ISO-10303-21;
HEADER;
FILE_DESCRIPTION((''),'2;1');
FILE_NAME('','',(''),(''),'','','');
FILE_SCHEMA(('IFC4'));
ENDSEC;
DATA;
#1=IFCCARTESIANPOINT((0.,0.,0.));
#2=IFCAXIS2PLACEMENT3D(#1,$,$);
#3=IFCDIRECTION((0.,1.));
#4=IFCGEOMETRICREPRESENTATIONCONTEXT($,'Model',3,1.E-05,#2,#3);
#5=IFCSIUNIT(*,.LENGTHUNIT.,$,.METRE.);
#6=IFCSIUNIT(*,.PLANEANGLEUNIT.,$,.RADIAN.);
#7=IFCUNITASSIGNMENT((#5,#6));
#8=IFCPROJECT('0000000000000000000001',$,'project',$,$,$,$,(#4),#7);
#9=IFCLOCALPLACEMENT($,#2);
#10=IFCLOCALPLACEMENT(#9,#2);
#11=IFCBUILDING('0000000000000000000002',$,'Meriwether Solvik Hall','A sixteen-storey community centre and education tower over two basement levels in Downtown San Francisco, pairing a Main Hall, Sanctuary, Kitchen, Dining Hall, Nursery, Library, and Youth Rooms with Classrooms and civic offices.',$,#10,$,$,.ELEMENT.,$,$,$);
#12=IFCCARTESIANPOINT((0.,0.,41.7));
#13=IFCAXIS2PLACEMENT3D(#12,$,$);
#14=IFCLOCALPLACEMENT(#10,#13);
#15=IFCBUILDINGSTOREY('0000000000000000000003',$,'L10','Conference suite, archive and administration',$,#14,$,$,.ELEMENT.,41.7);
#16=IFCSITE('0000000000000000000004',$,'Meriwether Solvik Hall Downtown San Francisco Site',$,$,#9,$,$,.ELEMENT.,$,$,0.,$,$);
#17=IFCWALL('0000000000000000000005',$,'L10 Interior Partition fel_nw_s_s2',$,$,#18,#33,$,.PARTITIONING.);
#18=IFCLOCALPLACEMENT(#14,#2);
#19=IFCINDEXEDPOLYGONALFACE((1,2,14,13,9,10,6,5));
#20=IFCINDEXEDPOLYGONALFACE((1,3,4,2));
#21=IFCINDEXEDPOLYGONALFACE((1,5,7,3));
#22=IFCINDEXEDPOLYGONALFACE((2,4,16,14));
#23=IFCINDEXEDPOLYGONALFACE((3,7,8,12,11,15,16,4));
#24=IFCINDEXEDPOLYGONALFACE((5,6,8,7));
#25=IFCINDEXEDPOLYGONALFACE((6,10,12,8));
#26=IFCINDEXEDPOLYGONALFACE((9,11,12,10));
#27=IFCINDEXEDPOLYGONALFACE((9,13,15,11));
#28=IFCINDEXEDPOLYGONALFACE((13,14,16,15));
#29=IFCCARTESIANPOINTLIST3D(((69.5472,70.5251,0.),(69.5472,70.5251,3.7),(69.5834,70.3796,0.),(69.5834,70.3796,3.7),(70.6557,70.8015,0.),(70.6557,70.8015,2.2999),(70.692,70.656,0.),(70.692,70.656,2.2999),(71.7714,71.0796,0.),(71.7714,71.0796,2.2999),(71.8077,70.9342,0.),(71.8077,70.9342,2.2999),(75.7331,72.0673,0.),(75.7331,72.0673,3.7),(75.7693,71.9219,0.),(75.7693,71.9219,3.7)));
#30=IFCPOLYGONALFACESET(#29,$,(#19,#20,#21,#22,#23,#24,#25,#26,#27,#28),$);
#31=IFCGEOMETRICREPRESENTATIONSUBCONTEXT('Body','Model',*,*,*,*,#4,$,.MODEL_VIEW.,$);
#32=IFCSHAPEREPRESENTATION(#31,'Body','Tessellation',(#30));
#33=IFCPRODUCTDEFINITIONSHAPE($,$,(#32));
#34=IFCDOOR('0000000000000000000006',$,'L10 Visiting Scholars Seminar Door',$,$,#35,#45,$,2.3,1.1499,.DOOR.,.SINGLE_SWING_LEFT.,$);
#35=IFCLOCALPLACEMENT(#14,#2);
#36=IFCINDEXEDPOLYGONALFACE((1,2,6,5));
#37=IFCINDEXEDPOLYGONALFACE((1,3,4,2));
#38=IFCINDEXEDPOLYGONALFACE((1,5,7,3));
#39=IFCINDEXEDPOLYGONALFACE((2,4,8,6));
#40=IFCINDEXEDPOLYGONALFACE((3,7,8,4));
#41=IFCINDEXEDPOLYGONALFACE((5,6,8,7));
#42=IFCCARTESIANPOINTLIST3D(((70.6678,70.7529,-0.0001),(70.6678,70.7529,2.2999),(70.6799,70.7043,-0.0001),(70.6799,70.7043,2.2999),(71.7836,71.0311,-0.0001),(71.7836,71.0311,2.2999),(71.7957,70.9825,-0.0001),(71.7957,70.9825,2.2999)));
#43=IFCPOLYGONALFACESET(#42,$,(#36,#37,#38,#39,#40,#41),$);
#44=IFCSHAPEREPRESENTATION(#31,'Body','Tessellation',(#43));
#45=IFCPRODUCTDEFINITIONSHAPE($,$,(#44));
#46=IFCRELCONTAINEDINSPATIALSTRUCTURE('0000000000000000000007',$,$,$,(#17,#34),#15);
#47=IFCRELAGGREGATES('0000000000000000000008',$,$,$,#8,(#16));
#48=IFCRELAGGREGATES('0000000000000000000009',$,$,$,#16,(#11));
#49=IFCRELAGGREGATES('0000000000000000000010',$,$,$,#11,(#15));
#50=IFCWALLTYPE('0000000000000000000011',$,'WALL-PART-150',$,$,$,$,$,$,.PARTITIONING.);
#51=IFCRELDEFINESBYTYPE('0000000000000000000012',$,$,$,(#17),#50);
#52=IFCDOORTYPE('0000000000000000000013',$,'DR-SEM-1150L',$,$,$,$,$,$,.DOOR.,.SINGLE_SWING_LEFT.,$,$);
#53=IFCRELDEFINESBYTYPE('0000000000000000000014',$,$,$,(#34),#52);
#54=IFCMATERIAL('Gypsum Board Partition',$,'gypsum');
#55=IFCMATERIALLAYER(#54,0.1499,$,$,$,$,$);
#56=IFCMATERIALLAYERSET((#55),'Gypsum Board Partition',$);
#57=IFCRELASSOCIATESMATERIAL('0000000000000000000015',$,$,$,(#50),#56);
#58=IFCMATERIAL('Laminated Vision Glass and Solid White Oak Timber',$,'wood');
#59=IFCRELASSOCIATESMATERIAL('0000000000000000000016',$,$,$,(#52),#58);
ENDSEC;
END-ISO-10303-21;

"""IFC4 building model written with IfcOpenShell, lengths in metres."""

from ifc_helpers import new_model, si_unit, direction, frame, frame_2d, origin, place, context, subcontext, project, spatial, rectangle, extrude, material, layer, layer_set, type_object, element, fill, save


model = new_model("IFC4")

# Units and contexts
model_context = context("Model", 3, precision=1e-05, world=origin(), true_north=direction((0.0, 1.0)))
body_context = subcontext(model_context, "Body", "Model", "MODEL_VIEW")
ifc_project = project(units=[si_unit("LENGTHUNIT", "METRE"), si_unit("PLANEANGLEUNIT", "RADIAN")], contexts=[model_context])

# Site, building, storey
site_placement = place(None, origin())
site = spatial("IfcSite", under=ifc_project, at=site_placement, Name="Meriwether Solvik Hall Downtown San Francisco Site", CompositionType="ELEMENT", RefElevation=0.0)
building_placement = place(site_placement, origin())
building = spatial("IfcBuilding", under=site, at=building_placement, Name="Meriwether Solvik Hall", Description="A sixteen-storey community centre and education tower over two basement levels in Downtown San Francisco, pairing a Main Hall, Sanctuary, Kitchen, Dining Hall, Nursery, Library, and Youth Rooms with Classrooms and civic offices.", CompositionType="ELEMENT")
storey_placement = place(building_placement, frame((0.0, 0.0, 41.7)))
storey = spatial("IfcBuildingStorey", under=building, at=storey_placement, Name="L10", Description="Conference suite, archive and administration", CompositionType="ELEMENT", Elevation=41.7)

# Wall, opening, door
ifc_material_1 = material(Name="Gypsum Board Partition", Category="gypsum")
ifc_layer_1 = layer(ifc_material_1, 0.1499)
ifc_layer_set_1 = layer_set([ifc_layer_1], Name="Gypsum Board Partition")
wall_type = type_object("IfcWallType", Name="WALL-PART-150", PredefinedType="PARTITIONING", material=ifc_layer_set_1)
wall_placement = place(storey_placement, frame((69.5654, 70.4524, 0.0), z_axis=(0.0, 0.0, 1.0), x_axis=(0.970298, 0.241914, 0.0)))
wall = element("IfcWall", 1, at=wall_placement, inside=storey, type_object=wall_type, Name="L10 Interior Partition fel_nw_s_s2", PredefinedType="PARTITIONING", context=body_context, shape_type="SweptSolid", body=[
    extrude(rectangle(XDim=6.3752, YDim=0.1499, at=frame_2d((3.1875, 0.0))), origin(), (0.0, 0.0, 1.0), 3.7),
])
opening_placement = place(wall_placement, frame((1.1423, 0.0, 0.0)))
opening = element("IfcOpeningElement", 2, at=opening_placement, cuts=wall, PredefinedType="OPENING", context=body_context, shape_type="SweptSolid", body=[
    extrude(rectangle(XDim=1.1499, YDim=2.3, at=frame_2d((0.575, 1.1499))), frame((0.0, 0.0869, 0.0), z_axis=(0.0, -1.0, 0.0), x_axis=(1.0, 0.0, 0.0)), (0.0, 0.0, 1.0), 0.1738),
])
ifc_material_2 = material(Name="Laminated Vision Glass and Solid White Oak Timber", Category="wood")
door_type = type_object("IfcDoorType", Name="DR-SEM-1150L", OperationType="SINGLE_SWING_LEFT", PredefinedType="DOOR", material=ifc_material_2)
door_placement = place(opening_placement, origin())
door = element("IfcDoor", 3, at=door_placement, inside=storey, type_object=door_type, Name="L10 Visiting Scholars Seminar Door", OperationType="SINGLE_SWING_LEFT", OverallHeight=2.3, OverallWidth=1.1499, PredefinedType="DOOR", context=body_context, shape_type="SweptSolid", body=[
    extrude(rectangle(XDim=1.1499, YDim=2.3, at=frame_2d((0.575, 1.1499))), frame((0.0, 0.0249, 0.0), z_axis=(0.0, -1.0, 0.0), x_axis=(1.0, 0.0, 0.0)), (0.0, 0.0, 1.0), 0.05),
])
fill(opening, door)

save(model, "model.ifc")
